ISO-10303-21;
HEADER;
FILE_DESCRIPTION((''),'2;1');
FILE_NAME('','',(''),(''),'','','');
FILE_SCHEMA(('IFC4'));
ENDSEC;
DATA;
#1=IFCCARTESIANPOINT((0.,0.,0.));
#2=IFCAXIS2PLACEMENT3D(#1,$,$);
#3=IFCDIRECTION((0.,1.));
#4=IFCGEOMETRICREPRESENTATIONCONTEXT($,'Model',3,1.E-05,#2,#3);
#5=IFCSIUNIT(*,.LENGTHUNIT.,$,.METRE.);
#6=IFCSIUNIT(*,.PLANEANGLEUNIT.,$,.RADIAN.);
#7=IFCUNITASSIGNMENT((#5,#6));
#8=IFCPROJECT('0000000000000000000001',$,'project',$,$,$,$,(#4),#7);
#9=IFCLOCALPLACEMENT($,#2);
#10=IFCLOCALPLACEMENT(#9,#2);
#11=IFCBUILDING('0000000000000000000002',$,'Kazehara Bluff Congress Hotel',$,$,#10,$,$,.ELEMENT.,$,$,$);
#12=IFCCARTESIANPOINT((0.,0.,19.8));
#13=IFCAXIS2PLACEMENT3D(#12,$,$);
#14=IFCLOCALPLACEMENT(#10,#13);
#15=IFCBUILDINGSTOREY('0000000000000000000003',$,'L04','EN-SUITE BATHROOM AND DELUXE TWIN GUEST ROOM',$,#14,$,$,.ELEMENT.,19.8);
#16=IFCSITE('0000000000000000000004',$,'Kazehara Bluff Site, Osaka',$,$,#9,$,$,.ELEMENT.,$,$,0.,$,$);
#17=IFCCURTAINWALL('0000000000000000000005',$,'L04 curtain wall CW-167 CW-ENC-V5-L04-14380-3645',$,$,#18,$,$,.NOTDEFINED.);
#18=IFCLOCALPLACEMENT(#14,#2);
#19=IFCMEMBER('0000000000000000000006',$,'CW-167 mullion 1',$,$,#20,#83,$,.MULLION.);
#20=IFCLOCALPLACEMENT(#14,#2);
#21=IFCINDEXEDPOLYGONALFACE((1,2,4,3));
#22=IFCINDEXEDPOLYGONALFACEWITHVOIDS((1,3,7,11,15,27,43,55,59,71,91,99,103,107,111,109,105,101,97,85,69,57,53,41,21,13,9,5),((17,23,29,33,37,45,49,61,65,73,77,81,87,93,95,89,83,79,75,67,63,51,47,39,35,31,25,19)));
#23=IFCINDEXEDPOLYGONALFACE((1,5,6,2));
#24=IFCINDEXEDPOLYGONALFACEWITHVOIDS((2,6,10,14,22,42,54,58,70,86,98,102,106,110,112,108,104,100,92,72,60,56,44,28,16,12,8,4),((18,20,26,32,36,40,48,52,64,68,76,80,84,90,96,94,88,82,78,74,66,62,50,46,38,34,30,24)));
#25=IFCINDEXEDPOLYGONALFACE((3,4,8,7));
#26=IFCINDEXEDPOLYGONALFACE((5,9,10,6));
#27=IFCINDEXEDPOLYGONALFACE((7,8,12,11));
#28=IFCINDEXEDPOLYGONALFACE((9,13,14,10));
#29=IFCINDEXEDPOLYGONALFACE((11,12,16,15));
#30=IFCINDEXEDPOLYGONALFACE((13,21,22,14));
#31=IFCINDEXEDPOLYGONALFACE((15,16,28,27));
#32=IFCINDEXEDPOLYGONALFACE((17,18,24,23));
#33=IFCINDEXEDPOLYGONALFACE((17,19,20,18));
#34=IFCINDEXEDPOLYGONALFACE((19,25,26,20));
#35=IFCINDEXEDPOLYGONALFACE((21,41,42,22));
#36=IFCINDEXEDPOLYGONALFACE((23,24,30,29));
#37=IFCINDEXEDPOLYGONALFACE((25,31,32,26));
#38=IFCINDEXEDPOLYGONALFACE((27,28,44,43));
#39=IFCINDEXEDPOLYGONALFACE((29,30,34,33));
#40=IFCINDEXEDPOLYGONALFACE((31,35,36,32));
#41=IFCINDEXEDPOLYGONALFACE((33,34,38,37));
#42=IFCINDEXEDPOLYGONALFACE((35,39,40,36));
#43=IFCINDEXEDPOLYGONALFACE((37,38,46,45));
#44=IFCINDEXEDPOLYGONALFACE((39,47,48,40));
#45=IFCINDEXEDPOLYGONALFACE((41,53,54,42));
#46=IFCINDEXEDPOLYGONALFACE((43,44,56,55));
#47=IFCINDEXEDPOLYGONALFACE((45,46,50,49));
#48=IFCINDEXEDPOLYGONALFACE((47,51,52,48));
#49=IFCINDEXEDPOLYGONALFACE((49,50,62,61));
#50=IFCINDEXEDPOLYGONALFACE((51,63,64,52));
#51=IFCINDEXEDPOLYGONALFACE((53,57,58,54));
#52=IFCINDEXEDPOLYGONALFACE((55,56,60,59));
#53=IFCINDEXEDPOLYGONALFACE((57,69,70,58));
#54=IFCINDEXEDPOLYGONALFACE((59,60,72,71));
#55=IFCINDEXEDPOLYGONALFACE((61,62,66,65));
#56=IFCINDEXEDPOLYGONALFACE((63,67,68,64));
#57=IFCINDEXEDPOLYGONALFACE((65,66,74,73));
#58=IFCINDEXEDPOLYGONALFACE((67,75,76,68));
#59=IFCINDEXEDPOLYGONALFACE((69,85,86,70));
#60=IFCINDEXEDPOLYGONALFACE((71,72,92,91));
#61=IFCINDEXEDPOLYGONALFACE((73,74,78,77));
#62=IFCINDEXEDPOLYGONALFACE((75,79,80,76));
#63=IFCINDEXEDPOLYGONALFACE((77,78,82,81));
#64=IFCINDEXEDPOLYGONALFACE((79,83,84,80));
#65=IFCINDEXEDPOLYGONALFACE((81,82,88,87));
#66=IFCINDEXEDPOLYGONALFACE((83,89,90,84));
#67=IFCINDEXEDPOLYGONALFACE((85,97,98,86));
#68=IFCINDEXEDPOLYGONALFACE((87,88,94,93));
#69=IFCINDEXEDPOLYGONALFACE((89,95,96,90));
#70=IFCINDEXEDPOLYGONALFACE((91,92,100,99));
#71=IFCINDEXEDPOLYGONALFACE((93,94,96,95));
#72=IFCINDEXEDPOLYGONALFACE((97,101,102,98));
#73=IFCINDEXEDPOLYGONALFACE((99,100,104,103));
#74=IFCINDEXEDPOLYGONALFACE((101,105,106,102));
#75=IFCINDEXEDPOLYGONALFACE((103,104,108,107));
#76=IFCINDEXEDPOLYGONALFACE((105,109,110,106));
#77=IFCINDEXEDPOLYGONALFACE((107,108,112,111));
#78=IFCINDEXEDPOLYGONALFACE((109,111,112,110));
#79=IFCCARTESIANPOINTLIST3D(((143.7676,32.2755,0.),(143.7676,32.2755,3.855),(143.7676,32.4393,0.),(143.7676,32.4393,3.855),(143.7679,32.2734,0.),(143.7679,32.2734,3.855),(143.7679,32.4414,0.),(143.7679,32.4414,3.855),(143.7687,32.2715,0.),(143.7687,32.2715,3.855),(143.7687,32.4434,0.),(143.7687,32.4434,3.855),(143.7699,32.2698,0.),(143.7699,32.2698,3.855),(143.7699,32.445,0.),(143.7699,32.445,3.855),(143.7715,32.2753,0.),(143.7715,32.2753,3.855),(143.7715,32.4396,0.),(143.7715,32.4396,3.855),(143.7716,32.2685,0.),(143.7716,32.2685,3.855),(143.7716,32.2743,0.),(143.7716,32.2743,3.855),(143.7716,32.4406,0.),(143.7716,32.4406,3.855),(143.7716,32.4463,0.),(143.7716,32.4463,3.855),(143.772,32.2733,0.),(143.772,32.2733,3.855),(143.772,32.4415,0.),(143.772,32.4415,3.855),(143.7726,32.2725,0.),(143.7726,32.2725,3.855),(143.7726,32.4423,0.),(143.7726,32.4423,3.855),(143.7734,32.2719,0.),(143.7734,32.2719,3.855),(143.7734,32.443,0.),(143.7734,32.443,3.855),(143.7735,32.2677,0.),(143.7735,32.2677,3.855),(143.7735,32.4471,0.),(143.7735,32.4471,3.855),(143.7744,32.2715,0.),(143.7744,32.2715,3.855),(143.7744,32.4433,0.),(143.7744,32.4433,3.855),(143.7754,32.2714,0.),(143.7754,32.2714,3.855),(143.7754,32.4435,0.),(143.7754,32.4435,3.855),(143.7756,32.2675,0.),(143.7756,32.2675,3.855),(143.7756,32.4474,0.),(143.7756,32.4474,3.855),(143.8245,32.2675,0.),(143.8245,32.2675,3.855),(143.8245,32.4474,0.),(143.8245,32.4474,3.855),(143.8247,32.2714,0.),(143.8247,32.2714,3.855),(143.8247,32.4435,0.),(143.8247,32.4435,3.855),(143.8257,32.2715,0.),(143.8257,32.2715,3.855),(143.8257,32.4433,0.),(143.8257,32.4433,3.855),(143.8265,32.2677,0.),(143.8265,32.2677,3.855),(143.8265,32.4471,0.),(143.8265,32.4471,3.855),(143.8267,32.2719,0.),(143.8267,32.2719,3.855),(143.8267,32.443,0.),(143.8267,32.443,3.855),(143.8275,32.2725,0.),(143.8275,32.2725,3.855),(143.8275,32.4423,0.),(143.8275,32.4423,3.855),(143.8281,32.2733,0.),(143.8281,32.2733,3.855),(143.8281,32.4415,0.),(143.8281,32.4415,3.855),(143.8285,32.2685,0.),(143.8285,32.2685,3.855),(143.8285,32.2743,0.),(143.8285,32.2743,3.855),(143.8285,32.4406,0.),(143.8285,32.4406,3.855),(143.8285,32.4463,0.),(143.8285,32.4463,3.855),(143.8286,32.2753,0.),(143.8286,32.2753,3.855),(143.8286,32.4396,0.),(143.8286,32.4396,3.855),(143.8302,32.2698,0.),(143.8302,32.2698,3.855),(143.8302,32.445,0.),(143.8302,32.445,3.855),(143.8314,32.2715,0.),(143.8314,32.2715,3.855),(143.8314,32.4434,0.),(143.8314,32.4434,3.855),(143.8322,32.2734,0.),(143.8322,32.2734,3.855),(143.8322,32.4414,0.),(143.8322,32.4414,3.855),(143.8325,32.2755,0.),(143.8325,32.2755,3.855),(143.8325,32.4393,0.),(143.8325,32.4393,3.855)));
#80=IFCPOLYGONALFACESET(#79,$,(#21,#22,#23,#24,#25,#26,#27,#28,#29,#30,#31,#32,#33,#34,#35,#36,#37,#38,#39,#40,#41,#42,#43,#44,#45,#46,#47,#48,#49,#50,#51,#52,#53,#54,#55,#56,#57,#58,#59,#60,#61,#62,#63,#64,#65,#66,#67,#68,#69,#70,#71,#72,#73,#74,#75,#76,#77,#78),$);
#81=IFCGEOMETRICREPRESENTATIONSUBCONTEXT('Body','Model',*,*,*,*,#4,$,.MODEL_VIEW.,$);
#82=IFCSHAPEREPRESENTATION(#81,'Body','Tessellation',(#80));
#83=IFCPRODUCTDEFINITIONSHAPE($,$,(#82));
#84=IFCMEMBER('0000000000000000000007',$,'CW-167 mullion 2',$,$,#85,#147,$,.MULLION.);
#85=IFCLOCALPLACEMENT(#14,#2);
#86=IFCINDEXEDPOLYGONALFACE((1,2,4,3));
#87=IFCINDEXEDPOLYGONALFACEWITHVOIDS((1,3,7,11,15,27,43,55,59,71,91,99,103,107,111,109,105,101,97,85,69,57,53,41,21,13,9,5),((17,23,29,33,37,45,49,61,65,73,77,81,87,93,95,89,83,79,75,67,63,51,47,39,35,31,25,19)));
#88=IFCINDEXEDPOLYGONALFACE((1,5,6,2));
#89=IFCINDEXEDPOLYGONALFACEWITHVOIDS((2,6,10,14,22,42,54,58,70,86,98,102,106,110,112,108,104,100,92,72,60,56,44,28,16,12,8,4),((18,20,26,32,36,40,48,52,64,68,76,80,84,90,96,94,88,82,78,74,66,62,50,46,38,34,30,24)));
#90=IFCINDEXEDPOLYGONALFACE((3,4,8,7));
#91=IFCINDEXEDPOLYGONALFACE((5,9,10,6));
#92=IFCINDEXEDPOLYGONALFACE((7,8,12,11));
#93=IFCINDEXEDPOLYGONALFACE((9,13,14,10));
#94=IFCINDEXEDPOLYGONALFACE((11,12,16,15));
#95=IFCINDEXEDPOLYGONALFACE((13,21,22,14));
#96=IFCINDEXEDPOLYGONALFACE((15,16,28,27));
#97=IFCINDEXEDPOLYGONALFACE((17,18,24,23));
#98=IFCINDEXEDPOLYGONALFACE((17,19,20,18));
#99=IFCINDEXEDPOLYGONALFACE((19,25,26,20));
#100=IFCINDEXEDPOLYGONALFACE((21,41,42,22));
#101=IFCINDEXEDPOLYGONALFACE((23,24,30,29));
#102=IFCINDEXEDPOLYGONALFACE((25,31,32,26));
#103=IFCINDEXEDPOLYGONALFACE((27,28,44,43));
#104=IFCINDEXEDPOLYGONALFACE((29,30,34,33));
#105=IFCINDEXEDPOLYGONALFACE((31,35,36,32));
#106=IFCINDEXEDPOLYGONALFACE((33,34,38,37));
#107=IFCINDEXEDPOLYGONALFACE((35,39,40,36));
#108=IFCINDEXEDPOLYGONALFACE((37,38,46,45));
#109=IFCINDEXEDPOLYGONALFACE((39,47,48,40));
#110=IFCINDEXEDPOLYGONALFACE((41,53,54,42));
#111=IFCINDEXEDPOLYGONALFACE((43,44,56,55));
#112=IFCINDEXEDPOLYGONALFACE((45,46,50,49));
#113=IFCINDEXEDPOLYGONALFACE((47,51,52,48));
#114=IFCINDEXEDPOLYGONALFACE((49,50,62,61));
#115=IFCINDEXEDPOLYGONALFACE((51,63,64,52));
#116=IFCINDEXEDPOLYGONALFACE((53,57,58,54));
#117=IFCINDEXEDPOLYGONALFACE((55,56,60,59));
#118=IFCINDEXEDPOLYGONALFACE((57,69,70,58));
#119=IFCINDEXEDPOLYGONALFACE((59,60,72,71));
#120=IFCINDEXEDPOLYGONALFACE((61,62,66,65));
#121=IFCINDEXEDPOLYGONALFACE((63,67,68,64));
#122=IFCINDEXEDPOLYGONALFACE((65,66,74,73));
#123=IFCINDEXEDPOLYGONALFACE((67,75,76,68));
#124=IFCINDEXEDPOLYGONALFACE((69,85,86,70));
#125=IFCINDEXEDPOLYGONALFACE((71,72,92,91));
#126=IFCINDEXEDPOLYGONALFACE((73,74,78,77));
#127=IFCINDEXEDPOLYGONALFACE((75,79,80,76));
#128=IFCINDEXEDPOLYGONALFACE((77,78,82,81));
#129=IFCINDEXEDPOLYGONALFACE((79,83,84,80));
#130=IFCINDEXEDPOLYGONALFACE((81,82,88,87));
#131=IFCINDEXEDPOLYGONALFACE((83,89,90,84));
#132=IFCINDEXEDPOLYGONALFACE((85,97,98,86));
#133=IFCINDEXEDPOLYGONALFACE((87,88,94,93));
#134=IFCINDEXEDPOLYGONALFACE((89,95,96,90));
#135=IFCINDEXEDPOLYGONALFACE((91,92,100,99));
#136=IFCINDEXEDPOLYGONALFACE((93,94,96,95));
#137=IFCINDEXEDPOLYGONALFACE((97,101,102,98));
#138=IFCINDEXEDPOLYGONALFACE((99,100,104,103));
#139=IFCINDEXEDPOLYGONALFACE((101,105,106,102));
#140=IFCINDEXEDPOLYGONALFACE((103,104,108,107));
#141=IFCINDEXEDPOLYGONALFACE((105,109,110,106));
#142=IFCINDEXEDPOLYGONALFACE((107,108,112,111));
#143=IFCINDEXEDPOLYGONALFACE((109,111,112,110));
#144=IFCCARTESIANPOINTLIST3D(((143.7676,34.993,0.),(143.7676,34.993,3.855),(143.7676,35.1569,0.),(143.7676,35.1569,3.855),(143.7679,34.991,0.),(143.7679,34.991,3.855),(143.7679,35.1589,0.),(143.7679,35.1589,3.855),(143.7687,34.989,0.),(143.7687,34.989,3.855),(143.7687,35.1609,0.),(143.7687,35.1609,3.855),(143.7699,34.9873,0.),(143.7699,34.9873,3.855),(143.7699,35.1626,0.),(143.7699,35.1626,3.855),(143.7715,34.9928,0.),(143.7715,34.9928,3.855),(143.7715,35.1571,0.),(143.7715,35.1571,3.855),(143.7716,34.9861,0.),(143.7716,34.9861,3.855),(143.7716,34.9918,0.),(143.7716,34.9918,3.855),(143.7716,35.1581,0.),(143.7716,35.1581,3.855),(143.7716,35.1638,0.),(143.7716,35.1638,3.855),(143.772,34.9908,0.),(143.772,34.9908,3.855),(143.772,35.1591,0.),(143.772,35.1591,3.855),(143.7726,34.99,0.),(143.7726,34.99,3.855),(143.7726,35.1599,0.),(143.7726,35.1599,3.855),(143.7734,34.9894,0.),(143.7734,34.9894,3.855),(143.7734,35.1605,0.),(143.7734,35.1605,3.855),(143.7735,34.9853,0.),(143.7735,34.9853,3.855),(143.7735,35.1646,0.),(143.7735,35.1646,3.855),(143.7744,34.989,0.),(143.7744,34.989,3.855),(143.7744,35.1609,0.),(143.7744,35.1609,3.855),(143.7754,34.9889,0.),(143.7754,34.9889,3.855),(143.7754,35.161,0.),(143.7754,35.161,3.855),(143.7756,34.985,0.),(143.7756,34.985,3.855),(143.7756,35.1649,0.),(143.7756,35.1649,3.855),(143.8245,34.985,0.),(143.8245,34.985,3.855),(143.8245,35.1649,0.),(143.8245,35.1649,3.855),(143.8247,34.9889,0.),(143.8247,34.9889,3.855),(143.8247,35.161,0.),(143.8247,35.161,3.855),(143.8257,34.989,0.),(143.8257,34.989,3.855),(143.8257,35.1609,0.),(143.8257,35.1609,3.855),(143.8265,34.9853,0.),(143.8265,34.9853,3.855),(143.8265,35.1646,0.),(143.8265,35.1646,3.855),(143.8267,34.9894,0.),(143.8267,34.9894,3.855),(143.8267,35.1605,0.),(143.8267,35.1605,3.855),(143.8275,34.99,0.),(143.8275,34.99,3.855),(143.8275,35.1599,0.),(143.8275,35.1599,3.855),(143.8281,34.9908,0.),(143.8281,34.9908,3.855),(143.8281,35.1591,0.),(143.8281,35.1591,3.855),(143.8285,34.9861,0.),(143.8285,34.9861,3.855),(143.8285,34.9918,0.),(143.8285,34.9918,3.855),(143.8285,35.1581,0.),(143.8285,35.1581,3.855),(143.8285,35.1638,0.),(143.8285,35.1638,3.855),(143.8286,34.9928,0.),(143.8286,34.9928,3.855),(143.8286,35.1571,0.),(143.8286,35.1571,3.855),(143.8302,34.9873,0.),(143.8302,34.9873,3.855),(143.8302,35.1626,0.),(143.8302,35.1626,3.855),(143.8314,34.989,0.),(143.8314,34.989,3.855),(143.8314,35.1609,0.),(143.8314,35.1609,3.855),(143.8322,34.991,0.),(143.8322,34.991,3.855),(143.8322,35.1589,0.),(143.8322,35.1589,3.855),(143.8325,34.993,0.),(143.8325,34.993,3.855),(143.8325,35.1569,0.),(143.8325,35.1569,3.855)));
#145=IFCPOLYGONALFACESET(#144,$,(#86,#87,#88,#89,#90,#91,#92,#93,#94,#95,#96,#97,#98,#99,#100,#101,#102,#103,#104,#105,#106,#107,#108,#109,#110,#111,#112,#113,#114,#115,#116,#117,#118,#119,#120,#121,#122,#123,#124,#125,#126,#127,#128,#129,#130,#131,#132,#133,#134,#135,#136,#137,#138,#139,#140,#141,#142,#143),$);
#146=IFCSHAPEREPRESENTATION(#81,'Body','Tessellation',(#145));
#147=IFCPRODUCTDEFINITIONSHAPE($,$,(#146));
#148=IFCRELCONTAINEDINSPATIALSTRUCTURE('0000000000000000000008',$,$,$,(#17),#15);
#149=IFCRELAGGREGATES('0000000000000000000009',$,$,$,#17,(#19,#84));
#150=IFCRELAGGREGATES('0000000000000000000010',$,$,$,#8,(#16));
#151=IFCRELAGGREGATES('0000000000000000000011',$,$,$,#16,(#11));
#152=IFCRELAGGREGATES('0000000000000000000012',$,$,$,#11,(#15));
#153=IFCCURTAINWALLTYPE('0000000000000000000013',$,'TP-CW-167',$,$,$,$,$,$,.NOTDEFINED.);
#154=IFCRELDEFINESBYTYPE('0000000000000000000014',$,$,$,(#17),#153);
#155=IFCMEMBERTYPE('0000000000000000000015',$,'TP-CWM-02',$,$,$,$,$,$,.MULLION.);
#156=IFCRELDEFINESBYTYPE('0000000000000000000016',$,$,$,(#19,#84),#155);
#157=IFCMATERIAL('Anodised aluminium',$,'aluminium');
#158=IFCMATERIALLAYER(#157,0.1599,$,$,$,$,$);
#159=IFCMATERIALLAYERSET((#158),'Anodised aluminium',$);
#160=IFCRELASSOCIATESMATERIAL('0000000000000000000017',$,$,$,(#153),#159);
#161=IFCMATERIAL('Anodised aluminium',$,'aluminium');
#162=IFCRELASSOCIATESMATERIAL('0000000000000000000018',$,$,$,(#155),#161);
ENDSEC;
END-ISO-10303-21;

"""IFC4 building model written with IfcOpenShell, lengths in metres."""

from ifc_helpers import new_model, si_unit, direction, frame, origin, origin_2d, place, context, subcontext, project, spatial, hollow_rectangle, extrude, material, layer, layer_set, material_profile, profile_set, type_object, element, aggregate, save


model = new_model("IFC4")

# Units and contexts
model_context = context("Model", 3, precision=1e-05, world=origin(), true_north=direction((0.0, 1.0)))
body_context = subcontext(model_context, "Body", "Model", "MODEL_VIEW")
ifc_project = project(units=[si_unit("LENGTHUNIT", "METRE"), si_unit("PLANEANGLEUNIT", "RADIAN")], contexts=[model_context])

# Site, building, storey
site_placement = place(None, origin())
site = spatial("IfcSite", under=ifc_project, at=site_placement, Name="Kazehara Bluff Site, Osaka", CompositionType="ELEMENT", RefElevation=0.0)
building_placement = place(site_placement, origin())
building = spatial("IfcBuilding", under=site, at=building_placement, Name="Kazehara Bluff Congress Hotel", CompositionType="ELEMENT")
storey_placement = place(building_placement, frame((0.0, 0.0, 19.8)))
storey = spatial("IfcBuildingStorey", under=building, at=storey_placement, Name="L04", Description="EN-SUITE BATHROOM AND DELUXE TWIN GUEST ROOM", CompositionType="ELEMENT", Elevation=19.8)

# Curtain wall, members
ifc_material_1 = material(Name="Anodised aluminium", Category="aluminium")
ifc_layer_1 = layer(ifc_material_1, 0.1599)
ifc_layer_set_1 = layer_set([ifc_layer_1], Name="Anodised aluminium")
curtain_wall_type_1 = type_object("IfcCurtainWallType", Name="TP-CW-167", PredefinedType="NOTDEFINED", material=ifc_layer_set_1)
curtain_wall_1_placement = place(storey_placement, origin())
curtain_wall_1 = element("IfcCurtainWall", 1, at=curtain_wall_1_placement, inside=storey, type_object=curtain_wall_type_1, Name="L04 curtain wall CW-167 CW-ENC-V5-L04-14380-3645", PredefinedType="NOTDEFINED")
ifc_material_2 = material(Name="Anodised aluminium", Category="aluminium")
ifc_material_profile_1 = material_profile(ifc_material_2, hollow_rectangle(XDim=0.0649, YDim=0.1799, WallThickness=0.0039, InnerFilletRadius=0.0039, OuterFilletRadius=0.0081, at=origin_2d()))
ifc_profile_set_1 = profile_set([ifc_material_profile_1], Name="Anodised aluminium")
member_type_1 = type_object("IfcMemberType", Name="TP-CWM-02", PredefinedType="MULLION", material=ifc_profile_set_1)
member_1_placement = place(storey_placement, frame((143.8, 32.3574, 0.0), z_axis=(0.0, 0.0, 1.0), x_axis=(-1.0, 0.0, 0.0)))
member_1 = element("IfcMember", 2, at=member_1_placement, type_object=member_type_1, Name="CW-167 mullion 1", PredefinedType="MULLION", context=body_context, shape_type="SweptSolid", body=[
    extrude(hollow_rectangle(XDim=0.0649, YDim=0.1799, WallThickness=0.0039, InnerFilletRadius=0.0039, OuterFilletRadius=0.0081, at=origin_2d()), origin(), (0.0, 0.0, 1.0), 3.855),
])
member_2_placement = place(storey_placement, frame((143.8, 35.075, 0.0), z_axis=(0.0, 0.0, 1.0), x_axis=(-1.0, 0.0, 0.0)))
member_2 = element("IfcMember", 3, at=member_2_placement, type_object=member_type_1, Name="CW-167 mullion 2", PredefinedType="MULLION", context=body_context, shape_type="SweptSolid", body=[
    extrude(hollow_rectangle(XDim=0.0649, YDim=0.1799, WallThickness=0.0039, InnerFilletRadius=0.0039, OuterFilletRadius=0.0081, at=origin_2d()), origin(), (0.0, 0.0, 1.0), 3.855),
])

aggregate(curtain_wall_1, [member_1, member_2])

save(model, "model.ifc")
